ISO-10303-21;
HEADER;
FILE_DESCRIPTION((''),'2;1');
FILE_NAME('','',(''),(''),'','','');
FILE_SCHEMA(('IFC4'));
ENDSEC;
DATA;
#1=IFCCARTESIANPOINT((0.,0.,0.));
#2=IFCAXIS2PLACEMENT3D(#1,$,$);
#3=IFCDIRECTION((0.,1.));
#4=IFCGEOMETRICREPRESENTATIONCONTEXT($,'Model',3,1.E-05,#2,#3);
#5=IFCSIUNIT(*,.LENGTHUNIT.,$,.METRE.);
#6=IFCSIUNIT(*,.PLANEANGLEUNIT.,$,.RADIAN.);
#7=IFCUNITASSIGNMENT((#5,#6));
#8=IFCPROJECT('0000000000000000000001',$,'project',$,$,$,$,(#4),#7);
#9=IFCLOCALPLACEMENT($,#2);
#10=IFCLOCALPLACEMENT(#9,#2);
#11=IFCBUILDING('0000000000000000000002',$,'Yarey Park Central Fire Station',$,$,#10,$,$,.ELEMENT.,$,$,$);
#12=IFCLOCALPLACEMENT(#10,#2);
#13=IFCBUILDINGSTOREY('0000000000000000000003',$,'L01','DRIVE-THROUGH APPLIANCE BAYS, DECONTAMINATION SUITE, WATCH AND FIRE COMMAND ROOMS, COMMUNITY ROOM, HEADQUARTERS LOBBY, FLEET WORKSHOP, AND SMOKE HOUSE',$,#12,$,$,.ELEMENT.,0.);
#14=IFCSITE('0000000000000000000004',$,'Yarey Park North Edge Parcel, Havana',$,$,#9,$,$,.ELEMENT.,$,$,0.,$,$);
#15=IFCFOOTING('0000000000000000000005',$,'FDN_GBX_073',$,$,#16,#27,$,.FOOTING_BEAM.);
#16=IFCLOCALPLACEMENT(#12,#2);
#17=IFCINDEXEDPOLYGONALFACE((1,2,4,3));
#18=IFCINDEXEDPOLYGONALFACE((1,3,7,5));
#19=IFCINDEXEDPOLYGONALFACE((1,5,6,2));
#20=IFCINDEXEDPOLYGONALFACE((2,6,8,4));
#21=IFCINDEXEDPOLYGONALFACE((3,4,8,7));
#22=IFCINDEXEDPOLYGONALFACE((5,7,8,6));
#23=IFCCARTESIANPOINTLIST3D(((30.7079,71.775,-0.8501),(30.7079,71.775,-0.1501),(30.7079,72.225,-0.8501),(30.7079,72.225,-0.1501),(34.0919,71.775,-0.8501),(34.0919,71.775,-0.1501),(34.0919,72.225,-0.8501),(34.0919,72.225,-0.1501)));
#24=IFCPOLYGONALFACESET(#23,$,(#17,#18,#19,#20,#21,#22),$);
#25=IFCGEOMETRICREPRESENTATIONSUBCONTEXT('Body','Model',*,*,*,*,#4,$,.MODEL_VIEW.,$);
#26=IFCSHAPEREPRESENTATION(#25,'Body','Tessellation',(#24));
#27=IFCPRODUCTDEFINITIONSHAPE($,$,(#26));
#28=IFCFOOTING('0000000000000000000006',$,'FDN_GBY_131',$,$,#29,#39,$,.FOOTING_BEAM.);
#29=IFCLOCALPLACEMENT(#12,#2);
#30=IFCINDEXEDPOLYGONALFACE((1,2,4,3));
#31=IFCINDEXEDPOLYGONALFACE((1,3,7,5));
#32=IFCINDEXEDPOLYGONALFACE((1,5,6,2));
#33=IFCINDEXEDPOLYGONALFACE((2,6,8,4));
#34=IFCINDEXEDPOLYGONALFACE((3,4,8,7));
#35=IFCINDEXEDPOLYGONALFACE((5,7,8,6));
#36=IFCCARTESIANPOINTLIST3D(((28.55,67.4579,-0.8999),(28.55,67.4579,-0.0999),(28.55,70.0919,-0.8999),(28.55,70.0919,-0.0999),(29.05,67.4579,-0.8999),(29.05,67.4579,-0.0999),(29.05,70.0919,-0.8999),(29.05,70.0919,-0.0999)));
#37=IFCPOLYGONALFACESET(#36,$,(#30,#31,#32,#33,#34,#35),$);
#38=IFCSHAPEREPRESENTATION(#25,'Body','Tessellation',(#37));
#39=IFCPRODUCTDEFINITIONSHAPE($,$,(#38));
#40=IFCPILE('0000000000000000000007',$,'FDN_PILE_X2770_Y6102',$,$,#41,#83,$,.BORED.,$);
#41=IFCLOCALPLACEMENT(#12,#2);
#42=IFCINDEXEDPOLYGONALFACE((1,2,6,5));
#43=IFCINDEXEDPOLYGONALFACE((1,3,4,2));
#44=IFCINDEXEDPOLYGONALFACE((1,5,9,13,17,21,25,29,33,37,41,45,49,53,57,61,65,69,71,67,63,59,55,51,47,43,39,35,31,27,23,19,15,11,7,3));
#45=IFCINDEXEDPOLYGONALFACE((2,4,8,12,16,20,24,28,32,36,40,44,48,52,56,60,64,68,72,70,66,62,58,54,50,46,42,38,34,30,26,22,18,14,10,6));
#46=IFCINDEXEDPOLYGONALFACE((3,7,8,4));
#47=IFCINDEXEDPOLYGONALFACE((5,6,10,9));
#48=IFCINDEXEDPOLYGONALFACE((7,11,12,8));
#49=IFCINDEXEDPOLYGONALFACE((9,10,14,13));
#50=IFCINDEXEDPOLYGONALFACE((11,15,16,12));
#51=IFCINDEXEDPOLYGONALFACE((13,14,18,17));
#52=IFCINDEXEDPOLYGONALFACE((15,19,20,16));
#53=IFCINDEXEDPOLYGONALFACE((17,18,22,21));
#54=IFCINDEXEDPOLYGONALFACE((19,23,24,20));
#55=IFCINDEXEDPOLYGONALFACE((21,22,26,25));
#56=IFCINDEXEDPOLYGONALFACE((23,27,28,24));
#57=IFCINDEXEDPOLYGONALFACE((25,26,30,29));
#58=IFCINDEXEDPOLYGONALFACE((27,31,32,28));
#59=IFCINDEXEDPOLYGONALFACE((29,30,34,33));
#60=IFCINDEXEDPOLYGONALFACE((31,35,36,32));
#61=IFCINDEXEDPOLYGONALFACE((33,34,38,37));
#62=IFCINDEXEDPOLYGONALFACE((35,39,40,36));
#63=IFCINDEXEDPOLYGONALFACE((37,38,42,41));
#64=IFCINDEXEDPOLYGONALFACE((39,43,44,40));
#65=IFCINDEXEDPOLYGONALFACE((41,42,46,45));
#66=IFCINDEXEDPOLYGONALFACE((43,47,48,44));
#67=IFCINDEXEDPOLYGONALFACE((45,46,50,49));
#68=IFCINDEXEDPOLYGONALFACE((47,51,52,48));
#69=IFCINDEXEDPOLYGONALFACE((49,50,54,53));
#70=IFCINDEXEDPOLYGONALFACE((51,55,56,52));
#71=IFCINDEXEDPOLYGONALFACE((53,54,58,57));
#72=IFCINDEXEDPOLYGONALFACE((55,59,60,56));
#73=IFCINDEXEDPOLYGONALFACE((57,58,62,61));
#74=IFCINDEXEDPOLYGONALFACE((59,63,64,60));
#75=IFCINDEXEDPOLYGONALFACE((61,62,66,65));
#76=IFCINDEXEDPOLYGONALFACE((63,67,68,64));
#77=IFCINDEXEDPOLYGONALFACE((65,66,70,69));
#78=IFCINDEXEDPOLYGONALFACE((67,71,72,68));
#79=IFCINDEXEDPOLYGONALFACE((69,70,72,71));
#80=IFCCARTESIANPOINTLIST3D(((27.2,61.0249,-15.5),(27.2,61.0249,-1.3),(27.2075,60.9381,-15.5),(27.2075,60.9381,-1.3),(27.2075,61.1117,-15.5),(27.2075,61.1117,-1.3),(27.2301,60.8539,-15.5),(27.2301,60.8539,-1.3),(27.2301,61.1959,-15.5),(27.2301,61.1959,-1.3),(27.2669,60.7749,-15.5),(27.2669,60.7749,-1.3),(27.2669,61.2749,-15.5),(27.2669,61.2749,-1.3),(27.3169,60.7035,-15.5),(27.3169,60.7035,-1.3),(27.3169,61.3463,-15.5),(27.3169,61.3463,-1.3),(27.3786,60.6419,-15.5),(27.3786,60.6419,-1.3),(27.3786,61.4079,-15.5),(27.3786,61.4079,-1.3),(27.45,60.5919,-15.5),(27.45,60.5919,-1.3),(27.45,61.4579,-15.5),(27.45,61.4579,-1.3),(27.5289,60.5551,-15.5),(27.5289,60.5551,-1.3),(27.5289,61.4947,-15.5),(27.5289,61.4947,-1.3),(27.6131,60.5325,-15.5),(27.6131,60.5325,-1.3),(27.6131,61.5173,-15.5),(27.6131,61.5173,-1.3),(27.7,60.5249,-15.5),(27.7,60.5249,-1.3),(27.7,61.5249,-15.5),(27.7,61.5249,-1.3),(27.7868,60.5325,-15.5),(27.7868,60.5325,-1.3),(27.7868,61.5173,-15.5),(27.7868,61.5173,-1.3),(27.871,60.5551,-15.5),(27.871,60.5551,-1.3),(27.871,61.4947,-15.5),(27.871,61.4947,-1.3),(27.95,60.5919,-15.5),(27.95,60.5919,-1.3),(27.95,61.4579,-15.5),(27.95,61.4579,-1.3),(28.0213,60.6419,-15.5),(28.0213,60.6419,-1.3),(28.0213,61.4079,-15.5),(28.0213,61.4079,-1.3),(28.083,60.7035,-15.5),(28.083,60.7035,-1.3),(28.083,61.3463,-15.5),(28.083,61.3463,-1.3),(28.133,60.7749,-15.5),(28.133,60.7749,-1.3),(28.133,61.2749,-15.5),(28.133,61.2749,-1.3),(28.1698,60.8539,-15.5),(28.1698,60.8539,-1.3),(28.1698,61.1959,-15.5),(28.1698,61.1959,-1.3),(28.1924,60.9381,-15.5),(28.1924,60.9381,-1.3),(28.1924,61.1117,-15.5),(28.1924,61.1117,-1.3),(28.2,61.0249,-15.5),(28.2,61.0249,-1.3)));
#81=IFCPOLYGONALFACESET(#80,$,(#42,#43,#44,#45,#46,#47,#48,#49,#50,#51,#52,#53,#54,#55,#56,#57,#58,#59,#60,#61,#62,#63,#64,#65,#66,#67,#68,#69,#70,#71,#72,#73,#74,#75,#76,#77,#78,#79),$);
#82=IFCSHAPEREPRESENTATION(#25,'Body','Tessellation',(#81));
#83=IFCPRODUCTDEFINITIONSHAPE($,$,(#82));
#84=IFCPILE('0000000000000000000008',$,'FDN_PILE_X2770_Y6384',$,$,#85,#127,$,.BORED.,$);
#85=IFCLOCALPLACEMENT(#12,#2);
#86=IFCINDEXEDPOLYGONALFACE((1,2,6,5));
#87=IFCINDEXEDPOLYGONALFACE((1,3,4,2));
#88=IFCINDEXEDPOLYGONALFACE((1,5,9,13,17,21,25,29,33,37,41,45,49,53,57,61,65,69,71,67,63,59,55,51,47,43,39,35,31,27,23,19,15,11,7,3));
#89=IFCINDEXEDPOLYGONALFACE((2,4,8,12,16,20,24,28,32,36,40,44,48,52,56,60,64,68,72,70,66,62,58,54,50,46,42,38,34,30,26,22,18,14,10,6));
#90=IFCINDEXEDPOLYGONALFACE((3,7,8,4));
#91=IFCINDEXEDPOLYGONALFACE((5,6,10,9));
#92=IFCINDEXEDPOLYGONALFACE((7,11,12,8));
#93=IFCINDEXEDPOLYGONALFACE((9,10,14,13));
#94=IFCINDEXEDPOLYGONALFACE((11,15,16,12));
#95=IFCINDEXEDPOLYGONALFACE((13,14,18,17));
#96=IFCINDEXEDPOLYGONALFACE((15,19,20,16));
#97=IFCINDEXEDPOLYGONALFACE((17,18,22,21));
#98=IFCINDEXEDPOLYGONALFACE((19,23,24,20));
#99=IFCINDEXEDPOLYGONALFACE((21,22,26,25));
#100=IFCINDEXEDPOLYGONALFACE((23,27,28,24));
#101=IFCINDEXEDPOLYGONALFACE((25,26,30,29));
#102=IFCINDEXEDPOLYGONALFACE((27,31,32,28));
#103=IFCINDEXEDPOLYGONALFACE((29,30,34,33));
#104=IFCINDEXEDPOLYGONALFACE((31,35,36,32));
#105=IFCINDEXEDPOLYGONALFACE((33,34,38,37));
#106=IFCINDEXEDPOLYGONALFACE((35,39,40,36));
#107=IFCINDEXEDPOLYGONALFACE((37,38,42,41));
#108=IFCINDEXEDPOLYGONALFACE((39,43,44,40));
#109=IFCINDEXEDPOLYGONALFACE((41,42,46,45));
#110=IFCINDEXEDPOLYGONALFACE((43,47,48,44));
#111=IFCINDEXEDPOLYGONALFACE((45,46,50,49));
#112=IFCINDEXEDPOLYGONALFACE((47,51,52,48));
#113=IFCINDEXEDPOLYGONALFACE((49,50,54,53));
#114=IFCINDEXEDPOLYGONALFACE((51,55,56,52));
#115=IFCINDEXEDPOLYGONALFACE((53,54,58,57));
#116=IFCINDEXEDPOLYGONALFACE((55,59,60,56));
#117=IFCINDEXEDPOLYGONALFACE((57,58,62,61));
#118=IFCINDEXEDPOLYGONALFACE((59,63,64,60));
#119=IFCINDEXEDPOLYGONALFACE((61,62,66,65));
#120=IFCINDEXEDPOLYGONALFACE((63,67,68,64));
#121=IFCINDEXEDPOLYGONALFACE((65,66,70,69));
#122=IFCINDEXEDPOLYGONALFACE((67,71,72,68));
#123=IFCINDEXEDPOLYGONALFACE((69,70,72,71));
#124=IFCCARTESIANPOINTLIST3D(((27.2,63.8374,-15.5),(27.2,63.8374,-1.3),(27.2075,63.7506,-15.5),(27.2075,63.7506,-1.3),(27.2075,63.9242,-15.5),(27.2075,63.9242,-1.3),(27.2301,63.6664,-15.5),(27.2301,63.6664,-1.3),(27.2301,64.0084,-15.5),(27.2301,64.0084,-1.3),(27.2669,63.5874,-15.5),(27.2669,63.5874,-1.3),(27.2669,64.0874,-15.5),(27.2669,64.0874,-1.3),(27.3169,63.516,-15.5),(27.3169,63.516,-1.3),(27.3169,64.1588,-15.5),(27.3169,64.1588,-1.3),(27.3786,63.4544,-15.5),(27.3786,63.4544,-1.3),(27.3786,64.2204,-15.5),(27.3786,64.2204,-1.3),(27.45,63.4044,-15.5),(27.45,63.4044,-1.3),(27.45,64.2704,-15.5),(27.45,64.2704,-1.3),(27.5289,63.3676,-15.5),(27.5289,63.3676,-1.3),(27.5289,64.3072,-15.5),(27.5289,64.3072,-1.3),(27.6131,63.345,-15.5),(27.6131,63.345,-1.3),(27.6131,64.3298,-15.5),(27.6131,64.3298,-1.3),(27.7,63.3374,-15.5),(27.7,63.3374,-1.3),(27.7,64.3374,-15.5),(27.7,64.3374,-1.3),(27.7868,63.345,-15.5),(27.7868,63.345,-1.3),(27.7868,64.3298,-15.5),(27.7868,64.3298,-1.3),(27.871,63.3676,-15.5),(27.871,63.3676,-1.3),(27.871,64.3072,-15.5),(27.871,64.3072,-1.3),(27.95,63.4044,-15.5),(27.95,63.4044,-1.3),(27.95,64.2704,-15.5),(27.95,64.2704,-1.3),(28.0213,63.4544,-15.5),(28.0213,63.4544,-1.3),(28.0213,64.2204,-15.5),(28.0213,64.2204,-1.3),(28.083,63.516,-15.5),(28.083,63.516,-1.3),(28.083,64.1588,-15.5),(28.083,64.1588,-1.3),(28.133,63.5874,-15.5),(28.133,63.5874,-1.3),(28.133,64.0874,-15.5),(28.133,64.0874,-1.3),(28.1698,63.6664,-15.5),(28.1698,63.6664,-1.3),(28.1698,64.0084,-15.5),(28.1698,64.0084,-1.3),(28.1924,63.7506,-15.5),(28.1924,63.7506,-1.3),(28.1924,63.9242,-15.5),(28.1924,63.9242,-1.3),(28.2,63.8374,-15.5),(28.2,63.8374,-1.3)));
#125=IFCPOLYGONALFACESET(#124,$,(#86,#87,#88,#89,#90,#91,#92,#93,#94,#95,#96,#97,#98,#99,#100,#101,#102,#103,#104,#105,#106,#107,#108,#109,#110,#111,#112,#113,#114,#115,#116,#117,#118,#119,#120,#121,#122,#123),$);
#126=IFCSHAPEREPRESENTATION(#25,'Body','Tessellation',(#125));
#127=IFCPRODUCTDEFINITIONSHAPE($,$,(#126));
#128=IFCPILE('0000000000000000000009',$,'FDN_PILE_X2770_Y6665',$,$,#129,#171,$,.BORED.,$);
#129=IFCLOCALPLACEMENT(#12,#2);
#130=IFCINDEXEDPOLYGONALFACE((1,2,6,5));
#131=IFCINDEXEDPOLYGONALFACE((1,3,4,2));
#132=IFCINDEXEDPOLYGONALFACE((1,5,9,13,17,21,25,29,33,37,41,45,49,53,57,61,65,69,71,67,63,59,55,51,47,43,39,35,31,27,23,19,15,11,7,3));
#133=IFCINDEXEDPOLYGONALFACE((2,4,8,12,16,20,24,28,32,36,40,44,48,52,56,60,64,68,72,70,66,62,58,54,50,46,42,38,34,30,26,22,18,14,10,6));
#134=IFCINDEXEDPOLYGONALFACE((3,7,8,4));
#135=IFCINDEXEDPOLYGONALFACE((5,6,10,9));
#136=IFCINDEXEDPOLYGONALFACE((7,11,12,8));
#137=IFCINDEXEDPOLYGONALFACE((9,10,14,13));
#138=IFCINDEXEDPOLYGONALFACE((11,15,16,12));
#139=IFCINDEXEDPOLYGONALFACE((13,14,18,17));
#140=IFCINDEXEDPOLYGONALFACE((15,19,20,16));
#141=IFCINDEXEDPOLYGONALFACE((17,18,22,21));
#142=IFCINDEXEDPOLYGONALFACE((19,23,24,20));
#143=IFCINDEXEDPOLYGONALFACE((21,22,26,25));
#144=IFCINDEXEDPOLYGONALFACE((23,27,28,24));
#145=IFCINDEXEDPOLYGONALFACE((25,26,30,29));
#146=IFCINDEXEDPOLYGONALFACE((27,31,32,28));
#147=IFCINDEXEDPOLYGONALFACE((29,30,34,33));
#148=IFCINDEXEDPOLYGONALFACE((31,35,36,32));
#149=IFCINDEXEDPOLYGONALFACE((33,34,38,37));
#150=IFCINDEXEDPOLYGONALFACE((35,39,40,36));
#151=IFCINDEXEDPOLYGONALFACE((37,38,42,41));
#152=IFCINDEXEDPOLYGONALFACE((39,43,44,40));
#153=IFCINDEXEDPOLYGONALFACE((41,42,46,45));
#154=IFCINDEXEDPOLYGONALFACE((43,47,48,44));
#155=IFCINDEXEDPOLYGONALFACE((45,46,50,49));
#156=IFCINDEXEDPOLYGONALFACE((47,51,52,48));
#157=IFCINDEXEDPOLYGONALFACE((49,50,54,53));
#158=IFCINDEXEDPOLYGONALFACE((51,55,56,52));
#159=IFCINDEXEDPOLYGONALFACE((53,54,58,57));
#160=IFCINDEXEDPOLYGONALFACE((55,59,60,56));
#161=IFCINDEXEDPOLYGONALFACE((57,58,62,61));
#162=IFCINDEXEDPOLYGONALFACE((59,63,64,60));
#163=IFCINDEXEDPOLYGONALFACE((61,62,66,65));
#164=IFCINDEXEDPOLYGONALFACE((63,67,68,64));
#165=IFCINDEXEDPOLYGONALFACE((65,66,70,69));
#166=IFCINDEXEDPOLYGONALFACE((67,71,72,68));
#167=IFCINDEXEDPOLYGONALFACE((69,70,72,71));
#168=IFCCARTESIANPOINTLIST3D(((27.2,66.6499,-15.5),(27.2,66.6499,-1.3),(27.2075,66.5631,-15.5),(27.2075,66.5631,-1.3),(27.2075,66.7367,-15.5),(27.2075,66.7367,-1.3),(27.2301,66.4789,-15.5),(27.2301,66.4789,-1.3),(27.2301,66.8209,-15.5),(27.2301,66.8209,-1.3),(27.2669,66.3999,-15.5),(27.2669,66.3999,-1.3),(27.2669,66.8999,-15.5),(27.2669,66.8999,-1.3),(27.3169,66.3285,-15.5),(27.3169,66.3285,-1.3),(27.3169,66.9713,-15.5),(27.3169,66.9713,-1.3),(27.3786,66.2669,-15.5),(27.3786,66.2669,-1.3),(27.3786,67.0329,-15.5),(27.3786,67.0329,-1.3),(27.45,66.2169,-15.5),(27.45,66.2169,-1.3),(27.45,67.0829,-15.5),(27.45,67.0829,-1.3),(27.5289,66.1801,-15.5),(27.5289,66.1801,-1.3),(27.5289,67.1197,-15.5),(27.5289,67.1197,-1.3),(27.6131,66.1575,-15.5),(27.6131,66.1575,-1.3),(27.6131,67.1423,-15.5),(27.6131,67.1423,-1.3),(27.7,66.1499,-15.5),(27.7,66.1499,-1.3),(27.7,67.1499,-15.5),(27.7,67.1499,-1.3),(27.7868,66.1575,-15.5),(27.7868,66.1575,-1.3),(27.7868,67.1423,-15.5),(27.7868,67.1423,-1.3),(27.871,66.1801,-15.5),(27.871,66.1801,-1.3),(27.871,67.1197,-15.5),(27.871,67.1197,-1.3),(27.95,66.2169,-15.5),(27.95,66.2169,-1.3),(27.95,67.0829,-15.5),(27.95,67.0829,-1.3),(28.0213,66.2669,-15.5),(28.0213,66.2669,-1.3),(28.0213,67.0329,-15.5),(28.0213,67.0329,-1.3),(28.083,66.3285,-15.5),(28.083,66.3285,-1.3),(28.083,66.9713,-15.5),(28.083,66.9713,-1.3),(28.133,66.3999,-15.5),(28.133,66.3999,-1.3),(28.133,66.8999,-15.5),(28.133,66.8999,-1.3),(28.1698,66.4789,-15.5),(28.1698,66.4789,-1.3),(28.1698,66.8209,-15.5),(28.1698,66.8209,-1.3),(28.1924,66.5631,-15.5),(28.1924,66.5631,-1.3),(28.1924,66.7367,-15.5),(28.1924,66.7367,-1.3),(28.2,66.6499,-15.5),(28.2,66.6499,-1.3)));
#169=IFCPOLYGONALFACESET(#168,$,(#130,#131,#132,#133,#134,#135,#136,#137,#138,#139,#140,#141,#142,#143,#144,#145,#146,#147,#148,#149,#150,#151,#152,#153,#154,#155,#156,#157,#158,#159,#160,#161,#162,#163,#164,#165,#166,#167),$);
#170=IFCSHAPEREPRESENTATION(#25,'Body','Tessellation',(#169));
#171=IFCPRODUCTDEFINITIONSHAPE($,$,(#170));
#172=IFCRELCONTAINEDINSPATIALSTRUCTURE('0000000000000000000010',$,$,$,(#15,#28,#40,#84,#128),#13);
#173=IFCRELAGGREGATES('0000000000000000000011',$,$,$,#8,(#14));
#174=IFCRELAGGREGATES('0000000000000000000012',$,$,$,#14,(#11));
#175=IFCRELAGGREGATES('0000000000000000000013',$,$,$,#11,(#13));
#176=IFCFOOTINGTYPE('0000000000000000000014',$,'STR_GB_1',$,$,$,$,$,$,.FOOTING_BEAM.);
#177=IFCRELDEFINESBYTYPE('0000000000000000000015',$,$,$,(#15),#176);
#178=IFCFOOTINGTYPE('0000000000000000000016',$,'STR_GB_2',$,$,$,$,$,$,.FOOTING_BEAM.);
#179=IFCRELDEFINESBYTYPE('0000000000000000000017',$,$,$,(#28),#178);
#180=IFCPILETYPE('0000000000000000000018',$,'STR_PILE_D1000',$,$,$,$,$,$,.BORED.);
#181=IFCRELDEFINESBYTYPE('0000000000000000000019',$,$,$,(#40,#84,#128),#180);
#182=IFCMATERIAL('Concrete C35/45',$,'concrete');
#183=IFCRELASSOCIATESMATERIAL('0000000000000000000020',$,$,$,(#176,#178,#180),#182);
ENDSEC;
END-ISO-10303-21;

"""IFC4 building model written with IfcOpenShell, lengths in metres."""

from ifc_helpers import new_model, si_unit, direction, frame, origin, origin_2d, place, context, subcontext, project, spatial, rectangle, circle, extrude, material, material_profile, profile_set, type_object, element, save


model = new_model("IFC4")

# Units and contexts
model_context = context("Model", 3, precision=1e-05, world=origin(), true_north=direction((0.0, 1.0)))
body_context = subcontext(model_context, "Body", "Model", "MODEL_VIEW")
ifc_project = project(units=[si_unit("LENGTHUNIT", "METRE"), si_unit("PLANEANGLEUNIT", "RADIAN")], contexts=[model_context])

# Site, building, storey
site_placement = place(None, origin())
site = spatial("IfcSite", under=ifc_project, at=site_placement, Name="Yarey Park North Edge Parcel, Havana", CompositionType="ELEMENT", RefElevation=0.0)
building_placement = place(site_placement, origin())
building = spatial("IfcBuilding", under=site, at=building_placement, Name="Yarey Park Central Fire Station", CompositionType="ELEMENT")
storey_placement = place(building_placement, origin())
storey = spatial("IfcBuildingStorey", under=building, at=storey_placement, Name="L01", Description="DRIVE-THROUGH APPLIANCE BAYS, DECONTAMINATION SUITE, WATCH AND FIRE COMMAND ROOMS, COMMUNITY ROOM, HEADQUARTERS LOBBY, FLEET WORKSHOP, AND SMOKE HOUSE", CompositionType="ELEMENT", Elevation=0.0)

# Footings
ifc_material_1 = material(Name="Concrete C35/45", Category="concrete")
footing_type_1 = type_object("IfcFootingType", Name="STR_GB_1", PredefinedType="FOOTING_BEAM", material=ifc_material_1)
footing_1_placement = place(storey_placement, frame((32.3999, 72.0, -0.8501), z_axis=(0.0, 0.0, 1.0), x_axis=(1.0, 0.0, 0.0)))
element("IfcFooting", 1, at=footing_1_placement, inside=storey, type_object=footing_type_1, Name="FDN_GBX_073", PredefinedType="FOOTING_BEAM", context=body_context, shape_type="SweptSolid", body=[
    extrude(rectangle(XDim=3.384, YDim=0.45, at=origin_2d()), origin(), (0.0, 0.0, 1.0), 0.7),
])
footing_type_2 = type_object("IfcFootingType", Name="STR_GB_2", PredefinedType="FOOTING_BEAM", material=ifc_material_1)
footing_2_placement = place(storey_placement, frame((28.8, 68.7749, -0.8999), z_axis=(0.0, 0.0, 1.0), x_axis=(1.0, 0.0, 0.0)))
element("IfcFooting", 2, at=footing_2_placement, inside=storey, type_object=footing_type_2, Name="FDN_GBY_131", PredefinedType="FOOTING_BEAM", context=body_context, shape_type="SweptSolid", body=[
    extrude(rectangle(XDim=0.5, YDim=2.634, at=origin_2d()), origin(), (0.0, 0.0, 1.0), 0.8),
])

# Piles
ifc_material_profile_1 = material_profile(ifc_material_1, circle(Radius=0.5, at=origin_2d()), Name="BORED PILE D1000")
ifc_profile_set_1 = profile_set([ifc_material_profile_1], Name="Concrete C35/45")
pile_type_1 = type_object("IfcPileType", Name="STR_PILE_D1000", PredefinedType="BORED", material=ifc_profile_set_1)
for number, where, z_axis, x_axis, name in (
    (3, (27.7, 61.0249, -1.3), (0.0, 0.0, -1.0), (1.0, 0.0, 0.0), "FDN_PILE_X2770_Y6102"),
    (4, (27.7, 63.8374, -1.3), (0.0, 0.0, -1.0), (1.0, 0.0, 0.0), "FDN_PILE_X2770_Y6384"),
    (5, (27.7, 66.6499, -1.3), (0.0, 0.0, -1.0), (1.0, 0.0, 0.0), "FDN_PILE_X2770_Y6665"),
):
    element("IfcPile", number, at=place(storey_placement, frame(where, z_axis=z_axis, x_axis=x_axis)), inside=storey, type_object=pile_type_1, Name=name, PredefinedType="BORED", context=body_context, shape_type="SweptSolid", body=[
        extrude(circle(Radius=0.5, at=origin_2d()), origin(), (0.0, 0.0, 1.0), 14.2),
    ])

save(model, "model.ifc")
